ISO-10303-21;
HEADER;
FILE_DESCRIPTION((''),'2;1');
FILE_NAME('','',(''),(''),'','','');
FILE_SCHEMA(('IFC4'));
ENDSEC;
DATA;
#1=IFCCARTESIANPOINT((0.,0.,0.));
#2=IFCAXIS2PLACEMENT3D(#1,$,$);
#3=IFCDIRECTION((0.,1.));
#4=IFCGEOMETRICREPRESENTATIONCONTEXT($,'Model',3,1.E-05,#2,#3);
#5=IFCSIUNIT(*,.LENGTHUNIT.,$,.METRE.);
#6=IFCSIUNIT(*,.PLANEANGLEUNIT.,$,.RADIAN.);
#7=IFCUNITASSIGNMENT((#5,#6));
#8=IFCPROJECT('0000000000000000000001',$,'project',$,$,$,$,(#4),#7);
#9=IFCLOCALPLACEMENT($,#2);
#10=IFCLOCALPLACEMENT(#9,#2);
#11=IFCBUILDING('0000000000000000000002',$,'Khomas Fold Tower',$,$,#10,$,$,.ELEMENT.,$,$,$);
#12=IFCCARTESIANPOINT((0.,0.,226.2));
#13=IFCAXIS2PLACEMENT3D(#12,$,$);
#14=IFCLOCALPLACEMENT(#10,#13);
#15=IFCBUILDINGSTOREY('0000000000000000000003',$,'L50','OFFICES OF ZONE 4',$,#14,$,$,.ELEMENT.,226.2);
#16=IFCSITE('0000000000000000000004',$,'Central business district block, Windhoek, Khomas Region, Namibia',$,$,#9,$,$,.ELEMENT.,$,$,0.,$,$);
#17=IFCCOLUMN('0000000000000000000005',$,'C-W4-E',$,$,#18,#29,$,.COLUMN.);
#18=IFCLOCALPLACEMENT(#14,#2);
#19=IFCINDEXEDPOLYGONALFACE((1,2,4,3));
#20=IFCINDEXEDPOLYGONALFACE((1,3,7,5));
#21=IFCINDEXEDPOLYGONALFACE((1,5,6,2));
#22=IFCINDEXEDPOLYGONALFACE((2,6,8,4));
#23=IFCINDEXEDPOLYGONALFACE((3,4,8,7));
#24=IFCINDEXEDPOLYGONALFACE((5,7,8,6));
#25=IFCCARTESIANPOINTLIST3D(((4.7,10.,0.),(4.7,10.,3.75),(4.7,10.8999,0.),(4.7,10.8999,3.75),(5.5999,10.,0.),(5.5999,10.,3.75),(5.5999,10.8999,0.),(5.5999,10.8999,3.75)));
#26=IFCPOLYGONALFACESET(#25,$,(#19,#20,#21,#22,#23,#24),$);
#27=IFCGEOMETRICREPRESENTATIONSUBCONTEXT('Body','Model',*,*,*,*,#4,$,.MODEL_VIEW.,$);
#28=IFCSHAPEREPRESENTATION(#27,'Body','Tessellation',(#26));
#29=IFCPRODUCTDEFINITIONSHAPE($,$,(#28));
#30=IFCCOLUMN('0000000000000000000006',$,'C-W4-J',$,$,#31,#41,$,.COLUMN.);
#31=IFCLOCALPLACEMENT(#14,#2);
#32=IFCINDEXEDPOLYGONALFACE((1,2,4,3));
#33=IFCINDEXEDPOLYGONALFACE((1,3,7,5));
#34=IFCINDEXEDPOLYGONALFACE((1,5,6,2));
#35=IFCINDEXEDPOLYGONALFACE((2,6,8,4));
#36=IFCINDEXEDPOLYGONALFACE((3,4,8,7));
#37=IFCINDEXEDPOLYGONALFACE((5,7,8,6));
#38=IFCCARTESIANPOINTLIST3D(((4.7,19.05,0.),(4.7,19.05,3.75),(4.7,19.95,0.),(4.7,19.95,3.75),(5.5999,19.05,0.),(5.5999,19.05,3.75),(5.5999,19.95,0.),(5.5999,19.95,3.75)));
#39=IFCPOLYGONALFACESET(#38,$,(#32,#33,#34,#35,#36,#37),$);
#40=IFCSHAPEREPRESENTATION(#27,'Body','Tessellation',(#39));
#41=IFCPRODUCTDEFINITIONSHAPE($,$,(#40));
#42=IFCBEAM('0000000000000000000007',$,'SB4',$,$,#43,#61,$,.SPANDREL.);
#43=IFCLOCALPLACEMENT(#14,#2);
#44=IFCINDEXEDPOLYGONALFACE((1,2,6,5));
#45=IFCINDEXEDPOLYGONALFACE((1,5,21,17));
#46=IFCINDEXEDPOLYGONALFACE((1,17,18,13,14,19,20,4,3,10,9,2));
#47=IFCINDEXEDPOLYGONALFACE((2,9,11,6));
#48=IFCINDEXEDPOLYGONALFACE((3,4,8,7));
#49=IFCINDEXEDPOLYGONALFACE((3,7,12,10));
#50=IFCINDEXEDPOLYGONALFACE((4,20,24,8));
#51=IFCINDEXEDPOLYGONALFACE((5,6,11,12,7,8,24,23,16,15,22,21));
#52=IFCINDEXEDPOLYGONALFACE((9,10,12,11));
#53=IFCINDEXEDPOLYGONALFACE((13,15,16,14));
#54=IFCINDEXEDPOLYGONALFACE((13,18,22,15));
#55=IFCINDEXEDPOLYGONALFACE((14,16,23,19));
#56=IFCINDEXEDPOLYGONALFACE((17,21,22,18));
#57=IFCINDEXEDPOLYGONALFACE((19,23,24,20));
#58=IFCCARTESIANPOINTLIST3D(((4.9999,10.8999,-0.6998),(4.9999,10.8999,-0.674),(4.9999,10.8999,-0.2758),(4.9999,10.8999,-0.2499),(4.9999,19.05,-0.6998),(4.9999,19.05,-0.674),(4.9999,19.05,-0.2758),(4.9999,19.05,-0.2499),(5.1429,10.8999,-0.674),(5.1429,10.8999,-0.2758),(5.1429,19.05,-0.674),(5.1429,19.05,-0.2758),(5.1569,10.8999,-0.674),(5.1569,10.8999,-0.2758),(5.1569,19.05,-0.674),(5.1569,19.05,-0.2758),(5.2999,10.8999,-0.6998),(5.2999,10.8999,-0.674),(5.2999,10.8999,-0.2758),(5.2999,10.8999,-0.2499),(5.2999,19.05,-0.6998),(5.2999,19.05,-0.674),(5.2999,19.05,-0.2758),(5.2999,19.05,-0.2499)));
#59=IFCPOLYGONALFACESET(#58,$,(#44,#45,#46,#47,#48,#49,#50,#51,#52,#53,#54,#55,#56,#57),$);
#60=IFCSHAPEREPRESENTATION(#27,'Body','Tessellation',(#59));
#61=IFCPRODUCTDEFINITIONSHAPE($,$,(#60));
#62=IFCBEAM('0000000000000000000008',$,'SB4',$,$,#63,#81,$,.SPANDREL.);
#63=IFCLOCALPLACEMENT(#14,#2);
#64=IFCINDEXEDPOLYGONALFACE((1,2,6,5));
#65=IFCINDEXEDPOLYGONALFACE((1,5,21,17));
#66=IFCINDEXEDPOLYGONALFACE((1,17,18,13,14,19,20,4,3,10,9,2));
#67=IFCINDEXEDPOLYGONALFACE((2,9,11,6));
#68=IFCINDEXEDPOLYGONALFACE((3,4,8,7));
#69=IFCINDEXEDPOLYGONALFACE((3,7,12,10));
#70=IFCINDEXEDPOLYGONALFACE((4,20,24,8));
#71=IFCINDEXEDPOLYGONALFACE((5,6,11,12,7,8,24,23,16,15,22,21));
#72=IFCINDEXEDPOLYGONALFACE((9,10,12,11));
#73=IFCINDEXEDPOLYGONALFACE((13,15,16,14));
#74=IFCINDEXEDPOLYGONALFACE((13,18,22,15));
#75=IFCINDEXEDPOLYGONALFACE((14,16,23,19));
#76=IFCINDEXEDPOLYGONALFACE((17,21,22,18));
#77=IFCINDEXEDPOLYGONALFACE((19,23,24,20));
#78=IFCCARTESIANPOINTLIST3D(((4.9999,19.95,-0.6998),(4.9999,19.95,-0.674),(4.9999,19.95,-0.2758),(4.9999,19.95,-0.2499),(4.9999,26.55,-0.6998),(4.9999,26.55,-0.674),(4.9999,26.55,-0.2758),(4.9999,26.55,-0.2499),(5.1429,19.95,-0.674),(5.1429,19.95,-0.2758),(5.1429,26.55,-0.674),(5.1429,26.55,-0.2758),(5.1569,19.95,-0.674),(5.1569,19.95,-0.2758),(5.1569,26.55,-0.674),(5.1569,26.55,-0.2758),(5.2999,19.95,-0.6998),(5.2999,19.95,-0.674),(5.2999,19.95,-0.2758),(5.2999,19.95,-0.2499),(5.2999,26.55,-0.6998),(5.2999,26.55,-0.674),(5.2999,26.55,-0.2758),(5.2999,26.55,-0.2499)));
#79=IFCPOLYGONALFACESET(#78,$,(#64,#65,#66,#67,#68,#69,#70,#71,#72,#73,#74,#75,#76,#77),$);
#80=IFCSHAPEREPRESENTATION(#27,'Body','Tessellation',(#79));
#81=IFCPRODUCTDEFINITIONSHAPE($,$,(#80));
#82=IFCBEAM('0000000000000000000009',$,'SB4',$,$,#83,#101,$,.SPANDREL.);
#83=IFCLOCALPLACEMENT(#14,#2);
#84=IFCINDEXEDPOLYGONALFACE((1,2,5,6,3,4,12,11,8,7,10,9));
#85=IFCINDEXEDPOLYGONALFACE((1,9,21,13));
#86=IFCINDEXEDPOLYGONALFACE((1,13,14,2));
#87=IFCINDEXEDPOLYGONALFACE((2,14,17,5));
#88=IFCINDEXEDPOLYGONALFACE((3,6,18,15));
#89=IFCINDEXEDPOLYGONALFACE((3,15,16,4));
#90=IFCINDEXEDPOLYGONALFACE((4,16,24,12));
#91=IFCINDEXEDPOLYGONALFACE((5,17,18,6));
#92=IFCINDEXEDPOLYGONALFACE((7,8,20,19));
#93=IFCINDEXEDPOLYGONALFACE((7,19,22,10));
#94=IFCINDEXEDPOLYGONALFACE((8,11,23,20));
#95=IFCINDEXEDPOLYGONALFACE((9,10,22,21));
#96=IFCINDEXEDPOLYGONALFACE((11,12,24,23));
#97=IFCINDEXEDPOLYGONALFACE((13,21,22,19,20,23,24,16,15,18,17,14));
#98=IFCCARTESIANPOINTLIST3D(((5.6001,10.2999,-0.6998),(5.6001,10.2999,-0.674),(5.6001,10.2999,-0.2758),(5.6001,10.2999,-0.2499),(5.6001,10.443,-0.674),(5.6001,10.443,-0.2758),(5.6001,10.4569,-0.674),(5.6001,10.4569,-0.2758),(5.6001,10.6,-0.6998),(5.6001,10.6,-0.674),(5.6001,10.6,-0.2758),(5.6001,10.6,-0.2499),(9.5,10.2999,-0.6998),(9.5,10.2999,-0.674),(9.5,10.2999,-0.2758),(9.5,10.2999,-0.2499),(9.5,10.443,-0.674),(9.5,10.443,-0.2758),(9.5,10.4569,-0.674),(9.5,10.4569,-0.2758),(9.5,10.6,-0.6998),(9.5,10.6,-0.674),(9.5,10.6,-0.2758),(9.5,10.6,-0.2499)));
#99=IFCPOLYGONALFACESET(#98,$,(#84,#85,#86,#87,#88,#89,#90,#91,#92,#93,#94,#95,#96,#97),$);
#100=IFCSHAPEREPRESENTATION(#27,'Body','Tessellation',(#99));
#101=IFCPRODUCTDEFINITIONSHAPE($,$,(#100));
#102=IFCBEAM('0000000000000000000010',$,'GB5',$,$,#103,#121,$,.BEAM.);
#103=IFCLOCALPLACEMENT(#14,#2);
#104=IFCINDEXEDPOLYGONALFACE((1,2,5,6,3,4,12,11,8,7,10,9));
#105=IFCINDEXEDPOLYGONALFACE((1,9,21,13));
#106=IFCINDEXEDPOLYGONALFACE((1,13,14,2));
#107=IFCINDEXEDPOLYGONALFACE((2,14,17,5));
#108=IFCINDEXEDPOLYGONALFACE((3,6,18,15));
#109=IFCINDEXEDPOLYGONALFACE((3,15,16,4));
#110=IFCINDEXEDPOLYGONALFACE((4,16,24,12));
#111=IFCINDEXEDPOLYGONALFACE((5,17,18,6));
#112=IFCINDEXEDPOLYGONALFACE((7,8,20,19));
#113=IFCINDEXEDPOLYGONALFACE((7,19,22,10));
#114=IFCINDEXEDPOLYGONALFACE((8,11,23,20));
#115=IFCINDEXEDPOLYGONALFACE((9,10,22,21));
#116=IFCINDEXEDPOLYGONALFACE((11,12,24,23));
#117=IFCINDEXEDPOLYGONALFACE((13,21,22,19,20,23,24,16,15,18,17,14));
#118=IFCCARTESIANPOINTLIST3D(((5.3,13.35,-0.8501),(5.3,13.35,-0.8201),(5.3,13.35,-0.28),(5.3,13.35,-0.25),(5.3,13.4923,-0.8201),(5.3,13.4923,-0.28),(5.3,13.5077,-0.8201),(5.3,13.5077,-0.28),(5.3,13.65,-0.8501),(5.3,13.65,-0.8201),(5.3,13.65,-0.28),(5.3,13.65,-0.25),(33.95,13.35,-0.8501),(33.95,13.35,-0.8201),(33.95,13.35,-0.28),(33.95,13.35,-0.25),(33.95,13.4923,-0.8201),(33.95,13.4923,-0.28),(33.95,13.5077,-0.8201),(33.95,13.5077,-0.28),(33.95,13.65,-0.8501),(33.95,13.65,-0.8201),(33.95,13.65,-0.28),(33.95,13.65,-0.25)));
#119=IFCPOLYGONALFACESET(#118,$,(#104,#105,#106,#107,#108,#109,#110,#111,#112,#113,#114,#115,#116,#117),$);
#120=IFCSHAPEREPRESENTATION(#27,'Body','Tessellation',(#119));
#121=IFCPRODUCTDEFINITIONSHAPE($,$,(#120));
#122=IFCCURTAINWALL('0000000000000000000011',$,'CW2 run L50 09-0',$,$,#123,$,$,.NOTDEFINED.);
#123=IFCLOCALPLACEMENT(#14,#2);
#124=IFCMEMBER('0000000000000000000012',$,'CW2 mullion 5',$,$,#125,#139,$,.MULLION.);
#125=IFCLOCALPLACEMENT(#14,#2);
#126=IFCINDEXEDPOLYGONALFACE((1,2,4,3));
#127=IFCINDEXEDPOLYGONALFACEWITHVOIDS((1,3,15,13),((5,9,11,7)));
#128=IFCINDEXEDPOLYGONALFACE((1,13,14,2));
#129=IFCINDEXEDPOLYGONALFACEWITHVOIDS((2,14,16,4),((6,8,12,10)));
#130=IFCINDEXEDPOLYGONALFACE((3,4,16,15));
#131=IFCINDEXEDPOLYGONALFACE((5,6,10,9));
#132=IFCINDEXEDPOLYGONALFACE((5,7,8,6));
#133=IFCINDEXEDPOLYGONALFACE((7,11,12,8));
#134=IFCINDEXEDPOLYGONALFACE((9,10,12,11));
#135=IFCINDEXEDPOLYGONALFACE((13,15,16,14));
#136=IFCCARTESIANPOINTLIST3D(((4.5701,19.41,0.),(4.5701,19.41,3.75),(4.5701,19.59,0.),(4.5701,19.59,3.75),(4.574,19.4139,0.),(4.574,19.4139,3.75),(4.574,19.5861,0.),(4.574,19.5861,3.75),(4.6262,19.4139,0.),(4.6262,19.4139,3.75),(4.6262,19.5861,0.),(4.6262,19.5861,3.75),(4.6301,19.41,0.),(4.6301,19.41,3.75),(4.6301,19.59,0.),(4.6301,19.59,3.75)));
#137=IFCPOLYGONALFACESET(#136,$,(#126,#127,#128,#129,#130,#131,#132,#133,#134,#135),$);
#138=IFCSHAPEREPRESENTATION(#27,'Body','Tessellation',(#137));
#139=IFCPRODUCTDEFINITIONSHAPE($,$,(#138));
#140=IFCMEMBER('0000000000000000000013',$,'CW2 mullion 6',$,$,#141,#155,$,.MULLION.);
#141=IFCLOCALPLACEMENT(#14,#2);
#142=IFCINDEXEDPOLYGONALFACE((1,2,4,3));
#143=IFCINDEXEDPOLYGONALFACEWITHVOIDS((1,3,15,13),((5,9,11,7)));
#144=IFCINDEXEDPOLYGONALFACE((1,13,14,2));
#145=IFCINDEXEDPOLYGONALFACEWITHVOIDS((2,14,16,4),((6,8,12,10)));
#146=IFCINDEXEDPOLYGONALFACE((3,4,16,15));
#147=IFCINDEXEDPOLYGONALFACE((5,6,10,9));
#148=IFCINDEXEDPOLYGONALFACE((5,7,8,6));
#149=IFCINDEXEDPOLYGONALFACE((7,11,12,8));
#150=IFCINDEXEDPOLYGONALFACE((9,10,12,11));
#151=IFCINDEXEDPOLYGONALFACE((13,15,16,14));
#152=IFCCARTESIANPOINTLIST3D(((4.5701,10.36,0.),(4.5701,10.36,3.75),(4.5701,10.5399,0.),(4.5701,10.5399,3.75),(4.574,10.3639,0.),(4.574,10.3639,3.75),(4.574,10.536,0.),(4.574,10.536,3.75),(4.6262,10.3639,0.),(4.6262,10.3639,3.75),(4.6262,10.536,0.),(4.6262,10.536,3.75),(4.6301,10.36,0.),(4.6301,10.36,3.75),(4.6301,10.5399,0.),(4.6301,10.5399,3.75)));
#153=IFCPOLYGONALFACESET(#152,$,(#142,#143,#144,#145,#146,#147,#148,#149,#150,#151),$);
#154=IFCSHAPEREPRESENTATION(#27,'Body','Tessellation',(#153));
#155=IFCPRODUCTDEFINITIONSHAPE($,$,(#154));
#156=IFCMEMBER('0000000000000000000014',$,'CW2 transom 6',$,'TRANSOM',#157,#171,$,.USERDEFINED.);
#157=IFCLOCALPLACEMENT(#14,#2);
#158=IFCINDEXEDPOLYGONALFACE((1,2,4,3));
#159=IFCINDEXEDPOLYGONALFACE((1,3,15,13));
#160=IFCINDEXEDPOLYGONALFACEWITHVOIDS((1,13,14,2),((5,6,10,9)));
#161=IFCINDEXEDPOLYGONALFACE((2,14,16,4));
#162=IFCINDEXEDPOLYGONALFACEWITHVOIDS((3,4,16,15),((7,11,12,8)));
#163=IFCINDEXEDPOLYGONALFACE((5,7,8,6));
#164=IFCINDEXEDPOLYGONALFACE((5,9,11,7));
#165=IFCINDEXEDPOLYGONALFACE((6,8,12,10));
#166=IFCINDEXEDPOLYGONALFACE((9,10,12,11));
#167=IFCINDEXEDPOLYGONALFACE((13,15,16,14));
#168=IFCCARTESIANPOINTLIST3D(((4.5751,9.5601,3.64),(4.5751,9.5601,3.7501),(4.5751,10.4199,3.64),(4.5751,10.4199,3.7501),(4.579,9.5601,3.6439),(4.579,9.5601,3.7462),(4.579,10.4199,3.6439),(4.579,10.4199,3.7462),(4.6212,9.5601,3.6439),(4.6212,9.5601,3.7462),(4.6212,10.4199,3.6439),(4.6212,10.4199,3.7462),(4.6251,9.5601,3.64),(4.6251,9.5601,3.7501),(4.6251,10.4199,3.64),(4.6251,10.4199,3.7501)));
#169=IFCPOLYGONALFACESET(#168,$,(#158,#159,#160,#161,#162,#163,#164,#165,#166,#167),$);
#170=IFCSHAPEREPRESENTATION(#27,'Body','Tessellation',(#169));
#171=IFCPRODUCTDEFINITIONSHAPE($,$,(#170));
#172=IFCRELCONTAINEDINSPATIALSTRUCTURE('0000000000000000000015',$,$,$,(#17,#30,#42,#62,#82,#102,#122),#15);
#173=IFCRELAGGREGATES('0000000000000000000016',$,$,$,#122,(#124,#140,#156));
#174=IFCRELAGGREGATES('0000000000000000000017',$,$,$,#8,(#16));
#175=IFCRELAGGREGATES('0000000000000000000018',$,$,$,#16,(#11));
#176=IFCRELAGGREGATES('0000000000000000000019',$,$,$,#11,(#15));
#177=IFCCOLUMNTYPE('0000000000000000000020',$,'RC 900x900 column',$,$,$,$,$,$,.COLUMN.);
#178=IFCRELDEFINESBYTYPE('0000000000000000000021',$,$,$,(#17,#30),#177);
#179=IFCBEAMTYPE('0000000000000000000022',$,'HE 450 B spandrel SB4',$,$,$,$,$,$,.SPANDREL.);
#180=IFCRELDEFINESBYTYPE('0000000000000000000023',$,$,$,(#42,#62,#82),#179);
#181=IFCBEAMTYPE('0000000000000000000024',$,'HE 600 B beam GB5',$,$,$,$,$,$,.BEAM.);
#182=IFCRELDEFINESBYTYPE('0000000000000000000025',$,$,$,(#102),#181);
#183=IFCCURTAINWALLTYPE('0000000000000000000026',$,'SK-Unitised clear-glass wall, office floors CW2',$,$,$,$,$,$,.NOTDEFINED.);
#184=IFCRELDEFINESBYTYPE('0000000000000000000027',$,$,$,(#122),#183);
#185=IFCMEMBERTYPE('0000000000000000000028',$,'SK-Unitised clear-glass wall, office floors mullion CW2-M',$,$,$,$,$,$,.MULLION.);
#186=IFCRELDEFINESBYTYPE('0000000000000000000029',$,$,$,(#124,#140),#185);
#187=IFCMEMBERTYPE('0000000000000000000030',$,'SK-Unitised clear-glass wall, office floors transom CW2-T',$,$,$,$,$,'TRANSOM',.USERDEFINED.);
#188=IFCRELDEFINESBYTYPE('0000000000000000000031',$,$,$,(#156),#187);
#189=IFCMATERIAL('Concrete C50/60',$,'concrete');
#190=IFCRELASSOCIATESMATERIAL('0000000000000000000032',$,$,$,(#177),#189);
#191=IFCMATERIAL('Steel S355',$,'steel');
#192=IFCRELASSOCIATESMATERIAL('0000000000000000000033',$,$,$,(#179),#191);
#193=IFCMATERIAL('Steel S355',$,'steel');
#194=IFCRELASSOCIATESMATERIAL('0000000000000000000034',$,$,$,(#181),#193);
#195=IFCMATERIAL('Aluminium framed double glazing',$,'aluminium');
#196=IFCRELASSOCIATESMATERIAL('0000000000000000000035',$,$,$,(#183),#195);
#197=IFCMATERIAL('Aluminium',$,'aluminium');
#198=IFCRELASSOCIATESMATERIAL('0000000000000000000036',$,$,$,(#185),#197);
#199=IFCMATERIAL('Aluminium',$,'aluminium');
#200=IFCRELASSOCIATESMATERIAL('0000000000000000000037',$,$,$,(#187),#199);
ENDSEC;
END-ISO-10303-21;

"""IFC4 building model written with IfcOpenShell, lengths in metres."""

from ifc_helpers import new_model, si_unit, direction, frame, origin, origin_2d, place, context, subcontext, project, spatial, rectangle, hollow_rectangle, i_section, extrude, source, transform, mapped, material, material_profile, profile_set, type_object, element, aggregate, save


model = new_model("IFC4")

# Units and contexts
model_context = context("Model", 3, precision=1e-05, world=origin(), true_north=direction((0.0, 1.0)))
body_context = subcontext(model_context, "Body", "Model", "MODEL_VIEW")
ifc_project = project(units=[si_unit("LENGTHUNIT", "METRE"), si_unit("PLANEANGLEUNIT", "RADIAN")], contexts=[model_context])

# Site, building, storey
site_placement = place(None, origin())
site = spatial("IfcSite", under=ifc_project, at=site_placement, Name="Central business district block, Windhoek, Khomas Region, Namibia", CompositionType="ELEMENT", RefElevation=0.0)
building_placement = place(site_placement, origin())
building = spatial("IfcBuilding", under=site, at=building_placement, Name="Khomas Fold Tower", CompositionType="ELEMENT")
storey_placement = place(building_placement, frame((0.0, 0.0, 226.2)))
storey = spatial("IfcBuildingStorey", under=building, at=storey_placement, Name="L50", Description="OFFICES OF ZONE 4", CompositionType="ELEMENT", Elevation=226.2)

# Columns
ifc_material_1 = material(Name="Concrete C50/60", Category="concrete")
ifc_material_profile_1 = material_profile(ifc_material_1, rectangle(XDim=0.8999, YDim=0.8999, at=origin_2d()), Name="RC 900x900")
ifc_profile_set_1 = profile_set([ifc_material_profile_1], Name="Concrete C50/60")
column_type = type_object("IfcColumnType", Name="RC 900x900 column", PredefinedType="COLUMN", material=ifc_profile_set_1)
shared_shape_1 = source(origin(), body_context, "Body", "SweptSolid", [
    extrude(rectangle(XDim=0.8999, YDim=0.8999, at=origin_2d()), origin(), (0.0, 0.0, 1.0), 3.75),
])
for number, where, z_axis, x_axis, name in (
    (1, (5.1499, 10.45, 0.0), (0.0, 0.0, 1.0), (1.0, 0.0, 0.0), "C-W4-E"),
    (2, (5.1499, 19.5, 0.0), (0.0, 0.0, 1.0), (1.0, 0.0, 0.0), "C-W4-J"),
):
    element("IfcColumn", number, at=place(storey_placement, frame(where, z_axis=z_axis, x_axis=x_axis)), inside=storey, type_object=column_type, Name=name, PredefinedType="COLUMN", context=body_context, shape_type="MappedRepresentation", body=[
        mapped(shared_shape_1, transform((0.0, 0.0, 0.0))),
    ])

# Beams
ifc_material_2 = material(Name="Steel S355", Category="steel")
ifc_material_profile_2 = material_profile(ifc_material_2, i_section(OverallWidth=0.3, OverallDepth=0.45, WebThickness=0.0139, FlangeThickness=0.0259, at=origin_2d()), Name="HE 450 B")
ifc_profile_set_2 = profile_set([ifc_material_profile_2], Name="Steel S355")
beam_type_1 = type_object("IfcBeamType", Name="HE 450 B spandrel SB4", PredefinedType="SPANDREL", material=ifc_profile_set_2)
shared_shape_2 = source(origin(), body_context, "Body", "SweptSolid", [
    extrude(i_section(OverallWidth=0.3, OverallDepth=0.45, WebThickness=0.0139, FlangeThickness=0.0259, at=origin_2d()), origin(), (0.0, 0.0, 1.0), 8.1501),
])
beam_1_placement = place(storey_placement, frame((5.1499, 10.8999, -0.4749), z_axis=(0.0, 1.0, 0.0), x_axis=(-1.0, 0.0, 0.0)))
element("IfcBeam", 3, at=beam_1_placement, inside=storey, type_object=beam_type_1, Name="SB4", PredefinedType="SPANDREL", context=body_context, shape_type="MappedRepresentation", body=[
    mapped(shared_shape_2, transform((0.0, 0.0, 0.0))),
])
shared_shape_3 = source(origin(), body_context, "Body", "SweptSolid", [
    extrude(i_section(OverallWidth=0.3, OverallDepth=0.45, WebThickness=0.0139, FlangeThickness=0.0259, at=origin_2d()), origin(), (0.0, 0.0, 1.0), 6.6001),
])
beam_2_placement = place(storey_placement, frame((5.1499, 19.95, -0.4749), z_axis=(0.0, 1.0, 0.0), x_axis=(-1.0, 0.0, 0.0)))
element("IfcBeam", 4, at=beam_2_placement, inside=storey, type_object=beam_type_1, Name="SB4", PredefinedType="SPANDREL", context=body_context, shape_type="MappedRepresentation", body=[
    mapped(shared_shape_3, transform((0.0, 0.0, 0.0))),
])
shared_shape_4 = source(origin(), body_context, "Body", "SweptSolid", [
    extrude(i_section(OverallWidth=0.3, OverallDepth=0.45, WebThickness=0.0139, FlangeThickness=0.0259, at=origin_2d()), origin(), (0.0, 0.0, 1.0), 3.8999),
])
beam_3_placement = place(storey_placement, frame((5.6001, 10.45, -0.4749), z_axis=(1.0, 0.0, 0.0), x_axis=(0.0, 1.0, 0.0)))
element("IfcBeam", 5, at=beam_3_placement, inside=storey, type_object=beam_type_1, Name="SB4", PredefinedType="SPANDREL", context=body_context, shape_type="MappedRepresentation", body=[
    mapped(shared_shape_4, transform((0.0, 0.0, 0.0))),
])
ifc_material_3 = material(Name="Steel S355", Category="steel")
ifc_material_profile_3 = material_profile(ifc_material_3, i_section(OverallWidth=0.3, OverallDepth=0.6001, WebThickness=0.0154, FlangeThickness=0.03, at=origin_2d()), Name="HE 600 B")
ifc_profile_set_3 = profile_set([ifc_material_profile_3], Name="Steel S355")
beam_type_2 = type_object("IfcBeamType", Name="HE 600 B beam GB5", PredefinedType="BEAM", material=ifc_profile_set_3)
shared_shape_5 = source(origin(), body_context, "Body", "SweptSolid", [
    extrude(i_section(OverallWidth=0.3, OverallDepth=0.6001, WebThickness=0.0154, FlangeThickness=0.03, at=origin_2d()), origin(), (0.0, 0.0, 1.0), 28.6499),
])
beam_4_placement = place(storey_placement, frame((5.3, 13.5, -0.55), z_axis=(1.0, 0.0, 0.0), x_axis=(0.0, 1.0, 0.0)))
element("IfcBeam", 6, at=beam_4_placement, inside=storey, type_object=beam_type_2, Name="GB5", PredefinedType="BEAM", context=body_context, shape_type="MappedRepresentation", body=[
    mapped(shared_shape_5, transform((0.0, 0.0, 0.0))),
])

# Curtain wall, members
ifc_material_4 = material(Name="Aluminium framed double glazing", Category="aluminium")
curtain_wall_type = type_object("IfcCurtainWallType", Name="SK-Unitised clear-glass wall, office floors CW2", PredefinedType="NOTDEFINED", material=ifc_material_4)
curtain_wall_placement = place(storey_placement, origin())
curtain_wall = element("IfcCurtainWall", 7, at=curtain_wall_placement, inside=storey, type_object=curtain_wall_type, Name="CW2 run L50 09-0", PredefinedType="NOTDEFINED")
ifc_material_5 = material(Name="Aluminium", Category="aluminium")
ifc_material_profile_4 = material_profile(ifc_material_5, hollow_rectangle(XDim=0.0601, YDim=0.1799, WallThickness=0.0039, at=origin_2d()), Name="SK-Unitised clear-glass wall, office floors mullion CW2-M")
ifc_profile_set_4 = profile_set([ifc_material_profile_4], Name="Aluminium")
member_type_1 = type_object("IfcMemberType", Name="SK-Unitised clear-glass wall, office floors mullion CW2-M", PredefinedType="MULLION", material=ifc_profile_set_4)
shared_shape_6 = source(origin(), body_context, "Body", "SweptSolid", [
    extrude(hollow_rectangle(XDim=0.0601, YDim=0.1799, WallThickness=0.0039, at=origin_2d()), origin(), (0.0, 0.0, 1.0), 3.75),
])
member_1_placement = place(storey_placement, frame((4.6001, 19.5, 0.0), z_axis=(0.0, 0.0, 1.0), x_axis=(1.0, 0.0, 0.0)))
member_1 = element("IfcMember", 8, at=member_1_placement, type_object=member_type_1, Name="CW2 mullion 5", PredefinedType="MULLION", context=body_context, shape_type="MappedRepresentation", body=[
    mapped(shared_shape_6, transform((0.0, 0.0, 0.0))),
])
member_2_placement = place(storey_placement, frame((4.6001, 10.45, 0.0), z_axis=(0.0, 0.0, 1.0), x_axis=(1.0, 0.0, 0.0)))
member_2 = element("IfcMember", 9, at=member_2_placement, type_object=member_type_1, Name="CW2 mullion 6", PredefinedType="MULLION", context=body_context, shape_type="MappedRepresentation", body=[
    mapped(shared_shape_6, transform((0.0, 0.0, 0.0))),
])
ifc_material_6 = material(Name="Aluminium", Category="aluminium")
ifc_material_profile_5 = material_profile(ifc_material_6, hollow_rectangle(XDim=0.05, YDim=0.1101, WallThickness=0.0039, at=origin_2d()), Name="SK-Unitised clear-glass wall, office floors transom CW2-T")
ifc_profile_set_5 = profile_set([ifc_material_profile_5], Name="Aluminium")
member_type_2 = type_object("IfcMemberType", Name="SK-Unitised clear-glass wall, office floors transom CW2-T", ElementType="TRANSOM", PredefinedType="USERDEFINED", material=ifc_profile_set_5)
shared_shape_7 = source(origin(), body_context, "Body", "SweptSolid", [
    extrude(hollow_rectangle(XDim=0.05, YDim=0.1101, WallThickness=0.0039, at=origin_2d()), origin(), (0.0, 0.0, 1.0), 0.8599),
])
member_3_placement = place(storey_placement, frame((4.6001, 10.4199, 3.6951), z_axis=(0.0, -1.0, 0.0), x_axis=(1.0, 0.0, 0.0)))
member_3 = element("IfcMember", 10, at=member_3_placement, type_object=member_type_2, Name="CW2 transom 6", ObjectType="TRANSOM", PredefinedType="USERDEFINED", context=body_context, shape_type="MappedRepresentation", body=[
    mapped(shared_shape_7, transform((0.0, 0.0, 0.0))),
])
aggregate(curtain_wall, [member_1, member_2, member_3])

save(model, "model.ifc")
